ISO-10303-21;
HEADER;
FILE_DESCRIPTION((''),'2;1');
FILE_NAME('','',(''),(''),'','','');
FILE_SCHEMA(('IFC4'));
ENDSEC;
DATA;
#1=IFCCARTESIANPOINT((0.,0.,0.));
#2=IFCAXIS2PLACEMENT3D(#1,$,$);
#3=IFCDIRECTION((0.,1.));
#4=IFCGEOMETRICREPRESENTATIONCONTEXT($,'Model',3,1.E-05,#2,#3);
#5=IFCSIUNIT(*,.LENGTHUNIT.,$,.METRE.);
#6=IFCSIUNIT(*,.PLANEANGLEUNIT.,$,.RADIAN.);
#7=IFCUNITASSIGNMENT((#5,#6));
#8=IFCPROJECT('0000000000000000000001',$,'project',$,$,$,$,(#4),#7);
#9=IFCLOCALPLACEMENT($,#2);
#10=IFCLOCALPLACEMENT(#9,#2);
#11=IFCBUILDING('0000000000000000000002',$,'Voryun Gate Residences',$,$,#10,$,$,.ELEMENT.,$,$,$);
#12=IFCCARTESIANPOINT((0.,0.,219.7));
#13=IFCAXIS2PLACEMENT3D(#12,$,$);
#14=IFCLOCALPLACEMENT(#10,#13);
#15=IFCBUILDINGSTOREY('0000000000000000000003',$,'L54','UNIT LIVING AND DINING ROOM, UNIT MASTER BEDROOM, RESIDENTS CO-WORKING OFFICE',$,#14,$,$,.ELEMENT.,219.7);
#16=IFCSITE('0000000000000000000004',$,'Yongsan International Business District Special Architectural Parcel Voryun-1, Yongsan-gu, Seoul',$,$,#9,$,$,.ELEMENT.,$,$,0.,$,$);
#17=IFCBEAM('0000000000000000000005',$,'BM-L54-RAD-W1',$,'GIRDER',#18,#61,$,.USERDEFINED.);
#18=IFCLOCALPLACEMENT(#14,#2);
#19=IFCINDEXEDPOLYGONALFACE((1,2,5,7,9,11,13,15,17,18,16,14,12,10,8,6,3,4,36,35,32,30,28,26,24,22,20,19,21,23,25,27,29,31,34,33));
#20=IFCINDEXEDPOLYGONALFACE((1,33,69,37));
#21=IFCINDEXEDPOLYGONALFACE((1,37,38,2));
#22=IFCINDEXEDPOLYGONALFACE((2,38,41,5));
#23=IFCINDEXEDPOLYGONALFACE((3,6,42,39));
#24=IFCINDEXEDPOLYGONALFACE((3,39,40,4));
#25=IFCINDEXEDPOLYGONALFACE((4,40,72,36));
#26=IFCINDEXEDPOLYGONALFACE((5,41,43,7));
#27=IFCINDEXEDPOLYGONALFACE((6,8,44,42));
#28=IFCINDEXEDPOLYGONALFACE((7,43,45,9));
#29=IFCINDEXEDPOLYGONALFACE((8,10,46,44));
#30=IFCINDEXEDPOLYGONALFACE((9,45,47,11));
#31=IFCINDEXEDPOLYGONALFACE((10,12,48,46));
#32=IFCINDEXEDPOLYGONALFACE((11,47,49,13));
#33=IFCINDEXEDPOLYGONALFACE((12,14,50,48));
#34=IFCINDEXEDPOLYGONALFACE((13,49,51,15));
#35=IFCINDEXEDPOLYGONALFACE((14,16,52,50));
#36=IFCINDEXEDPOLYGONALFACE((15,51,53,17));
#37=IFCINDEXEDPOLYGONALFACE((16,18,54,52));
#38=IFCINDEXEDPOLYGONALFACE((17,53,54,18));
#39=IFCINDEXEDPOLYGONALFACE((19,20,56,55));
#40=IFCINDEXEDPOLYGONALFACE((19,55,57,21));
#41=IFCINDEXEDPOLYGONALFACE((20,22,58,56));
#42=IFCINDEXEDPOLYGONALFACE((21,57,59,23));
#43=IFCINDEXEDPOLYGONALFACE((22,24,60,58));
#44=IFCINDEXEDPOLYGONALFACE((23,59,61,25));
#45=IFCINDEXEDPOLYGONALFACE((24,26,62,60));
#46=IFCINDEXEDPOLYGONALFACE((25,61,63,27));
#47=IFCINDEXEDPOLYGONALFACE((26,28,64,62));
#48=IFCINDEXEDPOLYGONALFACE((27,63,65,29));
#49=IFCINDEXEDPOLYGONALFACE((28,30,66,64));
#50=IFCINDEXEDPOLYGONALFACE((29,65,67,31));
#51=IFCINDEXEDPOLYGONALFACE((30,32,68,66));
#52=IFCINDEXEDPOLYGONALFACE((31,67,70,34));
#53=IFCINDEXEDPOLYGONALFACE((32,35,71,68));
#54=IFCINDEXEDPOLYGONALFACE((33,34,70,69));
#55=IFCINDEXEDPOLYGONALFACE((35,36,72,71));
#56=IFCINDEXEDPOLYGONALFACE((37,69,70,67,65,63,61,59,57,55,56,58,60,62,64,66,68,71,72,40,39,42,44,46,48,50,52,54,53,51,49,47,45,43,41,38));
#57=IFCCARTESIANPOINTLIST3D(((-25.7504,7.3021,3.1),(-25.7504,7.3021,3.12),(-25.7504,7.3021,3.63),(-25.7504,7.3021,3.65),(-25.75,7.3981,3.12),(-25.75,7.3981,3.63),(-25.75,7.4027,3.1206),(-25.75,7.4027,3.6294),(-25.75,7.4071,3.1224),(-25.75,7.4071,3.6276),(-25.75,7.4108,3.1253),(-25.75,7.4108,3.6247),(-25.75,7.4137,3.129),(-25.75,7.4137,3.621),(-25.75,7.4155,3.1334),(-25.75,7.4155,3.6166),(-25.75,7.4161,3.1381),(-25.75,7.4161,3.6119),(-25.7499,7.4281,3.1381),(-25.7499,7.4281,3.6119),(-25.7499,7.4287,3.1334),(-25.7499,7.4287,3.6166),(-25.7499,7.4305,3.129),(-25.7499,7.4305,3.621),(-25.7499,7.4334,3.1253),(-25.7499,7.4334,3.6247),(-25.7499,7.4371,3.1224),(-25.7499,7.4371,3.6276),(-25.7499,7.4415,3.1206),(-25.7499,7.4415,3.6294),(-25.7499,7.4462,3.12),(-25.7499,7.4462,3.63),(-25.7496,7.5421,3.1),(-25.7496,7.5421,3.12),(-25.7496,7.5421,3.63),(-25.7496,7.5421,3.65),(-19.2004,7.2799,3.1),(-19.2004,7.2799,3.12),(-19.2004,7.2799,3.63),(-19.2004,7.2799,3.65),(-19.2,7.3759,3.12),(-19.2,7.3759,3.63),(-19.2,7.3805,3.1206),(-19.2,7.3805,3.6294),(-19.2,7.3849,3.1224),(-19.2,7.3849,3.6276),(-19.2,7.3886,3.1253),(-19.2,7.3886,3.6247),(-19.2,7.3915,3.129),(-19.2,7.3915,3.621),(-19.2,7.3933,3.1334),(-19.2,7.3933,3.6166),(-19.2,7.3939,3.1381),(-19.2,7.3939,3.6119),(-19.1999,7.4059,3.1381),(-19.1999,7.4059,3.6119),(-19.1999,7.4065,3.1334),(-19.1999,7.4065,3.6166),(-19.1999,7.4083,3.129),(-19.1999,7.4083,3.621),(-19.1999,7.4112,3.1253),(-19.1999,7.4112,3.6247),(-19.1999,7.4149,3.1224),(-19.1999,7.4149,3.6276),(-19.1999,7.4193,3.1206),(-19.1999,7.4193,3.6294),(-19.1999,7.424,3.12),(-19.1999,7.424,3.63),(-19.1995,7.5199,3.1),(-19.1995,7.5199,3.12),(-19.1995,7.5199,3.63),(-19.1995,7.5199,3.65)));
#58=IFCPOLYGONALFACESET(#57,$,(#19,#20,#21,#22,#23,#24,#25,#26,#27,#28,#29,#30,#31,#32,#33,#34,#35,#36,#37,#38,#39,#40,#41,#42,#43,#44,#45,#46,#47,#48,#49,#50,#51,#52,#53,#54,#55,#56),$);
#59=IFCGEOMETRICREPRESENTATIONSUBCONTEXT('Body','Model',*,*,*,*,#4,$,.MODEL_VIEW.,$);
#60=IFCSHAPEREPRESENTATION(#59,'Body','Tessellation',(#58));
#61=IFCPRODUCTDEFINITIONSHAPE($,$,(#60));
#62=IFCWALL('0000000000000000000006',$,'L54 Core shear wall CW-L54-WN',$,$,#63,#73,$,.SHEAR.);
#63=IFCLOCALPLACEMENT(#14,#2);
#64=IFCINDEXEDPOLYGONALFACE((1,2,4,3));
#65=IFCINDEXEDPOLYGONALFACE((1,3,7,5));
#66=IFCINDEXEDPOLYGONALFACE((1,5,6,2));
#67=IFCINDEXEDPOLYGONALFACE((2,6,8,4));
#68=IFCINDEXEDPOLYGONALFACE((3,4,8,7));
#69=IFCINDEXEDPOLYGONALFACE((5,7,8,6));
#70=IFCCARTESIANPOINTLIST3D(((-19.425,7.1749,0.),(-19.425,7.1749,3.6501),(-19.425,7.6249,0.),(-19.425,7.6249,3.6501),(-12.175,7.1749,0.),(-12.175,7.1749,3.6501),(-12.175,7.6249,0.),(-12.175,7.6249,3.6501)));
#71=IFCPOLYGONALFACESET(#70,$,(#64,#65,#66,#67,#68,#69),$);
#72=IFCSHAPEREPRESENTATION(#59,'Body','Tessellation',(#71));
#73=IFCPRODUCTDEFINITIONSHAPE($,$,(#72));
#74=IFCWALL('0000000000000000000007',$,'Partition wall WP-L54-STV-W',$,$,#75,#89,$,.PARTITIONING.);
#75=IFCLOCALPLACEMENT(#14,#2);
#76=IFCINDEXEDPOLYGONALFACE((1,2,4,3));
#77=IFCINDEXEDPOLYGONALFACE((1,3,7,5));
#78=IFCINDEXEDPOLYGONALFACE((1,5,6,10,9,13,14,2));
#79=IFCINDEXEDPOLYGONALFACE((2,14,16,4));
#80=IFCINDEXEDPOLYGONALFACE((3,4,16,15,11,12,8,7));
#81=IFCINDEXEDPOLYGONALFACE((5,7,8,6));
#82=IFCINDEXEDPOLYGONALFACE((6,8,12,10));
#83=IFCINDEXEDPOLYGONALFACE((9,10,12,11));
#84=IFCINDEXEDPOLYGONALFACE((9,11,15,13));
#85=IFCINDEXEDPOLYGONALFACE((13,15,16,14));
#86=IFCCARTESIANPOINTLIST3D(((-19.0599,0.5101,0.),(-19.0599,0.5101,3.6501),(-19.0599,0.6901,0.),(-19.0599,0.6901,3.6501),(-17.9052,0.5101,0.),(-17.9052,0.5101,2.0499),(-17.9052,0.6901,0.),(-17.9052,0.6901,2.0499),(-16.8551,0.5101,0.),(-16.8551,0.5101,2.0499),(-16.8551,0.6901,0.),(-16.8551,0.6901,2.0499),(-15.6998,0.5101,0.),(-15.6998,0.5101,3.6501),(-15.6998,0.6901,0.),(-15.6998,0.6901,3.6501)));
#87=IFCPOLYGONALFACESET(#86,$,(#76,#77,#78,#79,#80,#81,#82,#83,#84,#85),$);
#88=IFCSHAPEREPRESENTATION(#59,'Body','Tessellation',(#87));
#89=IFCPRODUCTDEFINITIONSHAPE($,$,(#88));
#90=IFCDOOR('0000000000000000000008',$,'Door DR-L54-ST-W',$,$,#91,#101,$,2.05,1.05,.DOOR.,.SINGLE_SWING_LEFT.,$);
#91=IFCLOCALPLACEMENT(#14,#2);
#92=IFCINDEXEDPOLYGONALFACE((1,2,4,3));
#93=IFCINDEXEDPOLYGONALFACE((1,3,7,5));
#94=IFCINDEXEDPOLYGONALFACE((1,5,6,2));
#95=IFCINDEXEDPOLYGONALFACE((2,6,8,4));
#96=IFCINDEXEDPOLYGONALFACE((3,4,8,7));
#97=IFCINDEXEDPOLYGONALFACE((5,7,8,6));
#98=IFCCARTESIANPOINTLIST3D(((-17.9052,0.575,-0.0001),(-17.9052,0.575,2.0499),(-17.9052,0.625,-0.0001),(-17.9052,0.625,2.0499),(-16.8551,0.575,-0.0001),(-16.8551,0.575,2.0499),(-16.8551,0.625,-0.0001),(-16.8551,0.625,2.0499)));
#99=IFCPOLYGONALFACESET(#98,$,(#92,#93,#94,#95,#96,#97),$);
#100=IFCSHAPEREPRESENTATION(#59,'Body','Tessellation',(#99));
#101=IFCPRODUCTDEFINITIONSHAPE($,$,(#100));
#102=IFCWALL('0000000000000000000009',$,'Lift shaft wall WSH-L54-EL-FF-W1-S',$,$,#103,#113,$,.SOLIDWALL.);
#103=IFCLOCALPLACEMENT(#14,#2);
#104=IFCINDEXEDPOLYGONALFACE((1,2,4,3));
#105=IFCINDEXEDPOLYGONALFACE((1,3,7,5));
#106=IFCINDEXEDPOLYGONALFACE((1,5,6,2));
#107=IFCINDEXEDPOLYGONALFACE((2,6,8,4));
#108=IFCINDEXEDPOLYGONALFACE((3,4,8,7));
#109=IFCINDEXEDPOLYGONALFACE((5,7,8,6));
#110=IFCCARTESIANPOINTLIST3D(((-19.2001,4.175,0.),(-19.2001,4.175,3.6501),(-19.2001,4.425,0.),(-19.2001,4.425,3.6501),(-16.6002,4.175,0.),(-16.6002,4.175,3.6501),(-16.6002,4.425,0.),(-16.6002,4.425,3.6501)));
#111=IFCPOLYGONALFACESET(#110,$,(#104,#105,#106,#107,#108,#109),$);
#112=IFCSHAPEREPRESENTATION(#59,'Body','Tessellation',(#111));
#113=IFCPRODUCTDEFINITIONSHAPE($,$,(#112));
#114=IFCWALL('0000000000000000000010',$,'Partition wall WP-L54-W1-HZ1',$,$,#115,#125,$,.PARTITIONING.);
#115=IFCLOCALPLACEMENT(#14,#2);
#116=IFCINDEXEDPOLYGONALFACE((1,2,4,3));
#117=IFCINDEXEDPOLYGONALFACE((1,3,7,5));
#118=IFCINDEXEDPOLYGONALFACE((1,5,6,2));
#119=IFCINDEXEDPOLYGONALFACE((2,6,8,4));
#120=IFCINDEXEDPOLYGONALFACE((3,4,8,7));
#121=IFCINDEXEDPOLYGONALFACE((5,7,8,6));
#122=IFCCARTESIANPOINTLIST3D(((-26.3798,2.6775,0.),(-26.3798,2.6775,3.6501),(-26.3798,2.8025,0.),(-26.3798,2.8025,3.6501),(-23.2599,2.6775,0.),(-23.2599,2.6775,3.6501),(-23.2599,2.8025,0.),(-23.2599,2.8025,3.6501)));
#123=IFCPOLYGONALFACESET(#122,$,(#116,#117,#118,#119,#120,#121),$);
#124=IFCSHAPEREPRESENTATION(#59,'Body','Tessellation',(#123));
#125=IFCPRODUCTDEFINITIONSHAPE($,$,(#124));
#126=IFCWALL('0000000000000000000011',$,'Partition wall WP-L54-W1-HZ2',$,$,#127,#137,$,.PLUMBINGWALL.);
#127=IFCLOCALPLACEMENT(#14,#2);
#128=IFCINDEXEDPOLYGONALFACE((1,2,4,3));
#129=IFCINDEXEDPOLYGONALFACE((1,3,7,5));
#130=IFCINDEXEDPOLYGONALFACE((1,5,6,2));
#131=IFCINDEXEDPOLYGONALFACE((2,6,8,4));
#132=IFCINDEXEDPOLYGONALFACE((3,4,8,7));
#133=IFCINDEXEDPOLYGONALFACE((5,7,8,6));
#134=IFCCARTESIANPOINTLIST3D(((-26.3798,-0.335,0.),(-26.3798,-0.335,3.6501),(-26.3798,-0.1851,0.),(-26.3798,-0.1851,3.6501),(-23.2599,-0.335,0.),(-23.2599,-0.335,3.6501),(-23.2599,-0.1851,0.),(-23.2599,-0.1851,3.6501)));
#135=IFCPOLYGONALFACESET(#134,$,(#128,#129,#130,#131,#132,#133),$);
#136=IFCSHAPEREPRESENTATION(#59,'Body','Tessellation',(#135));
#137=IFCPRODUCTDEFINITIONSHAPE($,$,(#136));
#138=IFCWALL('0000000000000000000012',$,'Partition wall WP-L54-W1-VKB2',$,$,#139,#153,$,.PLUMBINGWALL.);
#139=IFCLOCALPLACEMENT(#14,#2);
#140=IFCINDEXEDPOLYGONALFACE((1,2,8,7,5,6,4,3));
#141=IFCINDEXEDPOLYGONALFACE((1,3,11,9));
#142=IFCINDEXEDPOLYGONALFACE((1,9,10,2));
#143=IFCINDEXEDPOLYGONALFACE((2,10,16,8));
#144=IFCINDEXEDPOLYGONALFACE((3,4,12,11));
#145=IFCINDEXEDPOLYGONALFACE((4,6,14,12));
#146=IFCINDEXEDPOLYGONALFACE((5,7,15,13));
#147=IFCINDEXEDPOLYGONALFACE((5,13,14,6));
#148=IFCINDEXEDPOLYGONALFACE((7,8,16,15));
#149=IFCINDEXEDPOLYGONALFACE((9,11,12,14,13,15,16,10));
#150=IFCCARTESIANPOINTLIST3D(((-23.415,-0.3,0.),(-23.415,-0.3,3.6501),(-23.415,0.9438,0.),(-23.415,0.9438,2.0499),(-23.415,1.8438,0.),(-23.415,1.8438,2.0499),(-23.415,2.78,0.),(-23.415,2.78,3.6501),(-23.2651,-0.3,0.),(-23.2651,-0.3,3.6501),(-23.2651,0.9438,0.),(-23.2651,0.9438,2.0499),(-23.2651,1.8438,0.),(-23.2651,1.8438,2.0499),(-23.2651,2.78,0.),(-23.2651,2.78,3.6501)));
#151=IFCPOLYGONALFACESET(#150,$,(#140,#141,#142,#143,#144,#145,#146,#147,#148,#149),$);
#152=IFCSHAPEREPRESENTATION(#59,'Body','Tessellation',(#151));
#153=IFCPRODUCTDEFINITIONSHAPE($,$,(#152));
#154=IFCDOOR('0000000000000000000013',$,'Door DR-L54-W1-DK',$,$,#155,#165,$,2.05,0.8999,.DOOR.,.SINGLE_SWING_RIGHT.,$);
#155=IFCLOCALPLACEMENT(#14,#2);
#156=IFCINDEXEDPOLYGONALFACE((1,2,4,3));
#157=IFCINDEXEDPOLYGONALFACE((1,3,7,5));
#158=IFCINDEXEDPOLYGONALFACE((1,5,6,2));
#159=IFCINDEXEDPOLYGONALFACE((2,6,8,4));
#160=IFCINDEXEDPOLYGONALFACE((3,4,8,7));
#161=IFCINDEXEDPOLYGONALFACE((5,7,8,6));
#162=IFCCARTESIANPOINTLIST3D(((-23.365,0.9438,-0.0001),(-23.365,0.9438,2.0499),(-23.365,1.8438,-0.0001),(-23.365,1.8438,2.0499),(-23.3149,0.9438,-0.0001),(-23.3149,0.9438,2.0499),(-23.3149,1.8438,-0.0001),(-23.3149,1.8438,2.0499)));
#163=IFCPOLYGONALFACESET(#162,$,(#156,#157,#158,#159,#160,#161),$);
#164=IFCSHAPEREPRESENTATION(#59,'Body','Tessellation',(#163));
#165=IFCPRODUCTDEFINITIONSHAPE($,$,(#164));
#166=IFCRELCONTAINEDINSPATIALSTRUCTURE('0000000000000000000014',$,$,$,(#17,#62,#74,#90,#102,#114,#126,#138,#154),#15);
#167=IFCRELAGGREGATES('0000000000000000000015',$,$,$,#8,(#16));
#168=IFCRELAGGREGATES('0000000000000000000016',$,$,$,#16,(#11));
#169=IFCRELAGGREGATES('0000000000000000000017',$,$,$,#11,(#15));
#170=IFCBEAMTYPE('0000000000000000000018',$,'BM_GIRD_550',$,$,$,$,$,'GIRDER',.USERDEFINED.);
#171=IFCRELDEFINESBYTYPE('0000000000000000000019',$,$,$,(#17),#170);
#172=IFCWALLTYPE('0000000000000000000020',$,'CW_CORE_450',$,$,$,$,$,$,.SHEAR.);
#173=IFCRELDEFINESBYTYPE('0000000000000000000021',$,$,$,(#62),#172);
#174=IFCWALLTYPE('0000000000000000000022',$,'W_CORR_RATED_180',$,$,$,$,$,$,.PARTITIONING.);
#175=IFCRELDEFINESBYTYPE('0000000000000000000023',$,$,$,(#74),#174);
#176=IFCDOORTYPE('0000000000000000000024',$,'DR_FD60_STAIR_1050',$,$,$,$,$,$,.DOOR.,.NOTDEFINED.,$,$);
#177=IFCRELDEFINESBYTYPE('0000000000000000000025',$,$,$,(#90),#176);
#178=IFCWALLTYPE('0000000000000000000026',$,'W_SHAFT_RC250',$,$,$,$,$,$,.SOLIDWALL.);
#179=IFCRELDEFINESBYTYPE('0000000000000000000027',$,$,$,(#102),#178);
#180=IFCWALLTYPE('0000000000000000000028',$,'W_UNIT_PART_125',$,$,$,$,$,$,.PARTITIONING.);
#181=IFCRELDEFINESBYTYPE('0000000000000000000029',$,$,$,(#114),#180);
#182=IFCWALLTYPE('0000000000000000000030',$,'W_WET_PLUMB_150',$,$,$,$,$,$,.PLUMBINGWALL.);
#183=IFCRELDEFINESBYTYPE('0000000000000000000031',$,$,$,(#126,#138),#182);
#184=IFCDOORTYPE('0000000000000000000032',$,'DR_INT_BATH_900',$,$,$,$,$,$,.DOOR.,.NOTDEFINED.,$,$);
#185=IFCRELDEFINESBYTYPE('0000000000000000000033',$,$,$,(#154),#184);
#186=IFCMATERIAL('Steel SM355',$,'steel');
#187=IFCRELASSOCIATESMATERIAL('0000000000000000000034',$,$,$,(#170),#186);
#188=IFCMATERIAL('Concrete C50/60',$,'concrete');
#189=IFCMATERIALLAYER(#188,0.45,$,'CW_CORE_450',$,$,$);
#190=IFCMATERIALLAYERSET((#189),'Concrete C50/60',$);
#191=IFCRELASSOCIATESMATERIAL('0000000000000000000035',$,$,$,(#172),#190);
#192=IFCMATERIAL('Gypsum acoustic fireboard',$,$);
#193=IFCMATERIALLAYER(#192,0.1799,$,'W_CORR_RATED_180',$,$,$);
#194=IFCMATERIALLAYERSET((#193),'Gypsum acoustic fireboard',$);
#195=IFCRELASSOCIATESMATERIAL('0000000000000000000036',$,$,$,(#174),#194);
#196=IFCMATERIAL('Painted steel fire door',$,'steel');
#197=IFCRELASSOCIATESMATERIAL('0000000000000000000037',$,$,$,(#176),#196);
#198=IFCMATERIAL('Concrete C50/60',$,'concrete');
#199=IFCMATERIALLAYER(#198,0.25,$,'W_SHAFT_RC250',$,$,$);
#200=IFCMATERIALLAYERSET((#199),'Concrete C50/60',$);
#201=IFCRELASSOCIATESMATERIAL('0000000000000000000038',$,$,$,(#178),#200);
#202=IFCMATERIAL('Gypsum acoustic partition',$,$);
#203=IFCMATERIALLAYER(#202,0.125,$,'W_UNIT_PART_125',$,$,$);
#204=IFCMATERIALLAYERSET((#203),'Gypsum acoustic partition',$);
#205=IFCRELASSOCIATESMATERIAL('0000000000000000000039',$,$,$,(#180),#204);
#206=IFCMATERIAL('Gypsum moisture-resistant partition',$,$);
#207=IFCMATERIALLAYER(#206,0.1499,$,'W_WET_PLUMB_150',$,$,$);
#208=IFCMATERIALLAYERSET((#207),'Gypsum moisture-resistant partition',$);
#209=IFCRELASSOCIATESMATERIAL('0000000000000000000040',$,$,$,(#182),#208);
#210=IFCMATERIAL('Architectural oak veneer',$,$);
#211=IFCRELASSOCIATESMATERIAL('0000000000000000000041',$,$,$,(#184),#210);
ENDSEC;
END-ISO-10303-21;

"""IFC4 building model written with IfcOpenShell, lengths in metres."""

from ifc_helpers import new_model, si_unit, direction, frame, frame_2d, origin, origin_2d, place, context, subcontext, project, spatial, rectangle, i_section, extrude, material, layer, layer_set, material_profile, profile_set, type_object, element, fill, save


model = new_model("IFC4")

# Units and contexts
model_context = context("Model", 3, precision=1e-05, world=origin(), true_north=direction((0.0, 1.0)))
body_context = subcontext(model_context, "Body", "Model", "MODEL_VIEW")
ifc_project = project(units=[si_unit("LENGTHUNIT", "METRE"), si_unit("PLANEANGLEUNIT", "RADIAN")], contexts=[model_context])

# Site, building, storey
site_placement = place(None, origin())
site = spatial("IfcSite", under=ifc_project, at=site_placement, Name="Yongsan International Business District Special Architectural Parcel Voryun-1, Yongsan-gu, Seoul", CompositionType="ELEMENT", RefElevation=0.0)
building_placement = place(site_placement, origin())
building = spatial("IfcBuilding", under=site, at=building_placement, Name="Voryun Gate Residences", CompositionType="ELEMENT")
storey_placement = place(building_placement, frame((0.0, 0.0, 219.7)))
storey = spatial("IfcBuildingStorey", under=building, at=storey_placement, Name="L54", Description="UNIT LIVING AND DINING ROOM, UNIT MASTER BEDROOM, RESIDENTS CO-WORKING OFFICE", CompositionType="ELEMENT", Elevation=219.7)

# Beam
ifc_material_1 = material(Name="Steel SM355", Category="steel")
ifc_material_profile_1 = material_profile(ifc_material_1, i_section(OverallWidth=0.24, OverallDepth=0.55, WebThickness=0.012, FlangeThickness=0.02, FilletRadius=0.0181, at=origin_2d()), Name="H-550x240x12x20")
ifc_profile_set_1 = profile_set([ifc_material_profile_1], Name="Steel SM355")
beam_type_1 = type_object("IfcBeamType", Name="BM_GIRD_550", ElementType="GIRDER", PredefinedType="USERDEFINED", material=ifc_profile_set_1)
beam_1_placement = place(storey_placement, frame((-19.2, 7.3999, 3.375), z_axis=(-0.999994, 0.003392, 0.0), x_axis=(-0.003392, -0.999994, 0.0)))
element("IfcBeam", 1, at=beam_1_placement, inside=storey, type_object=beam_type_1, Name="BM-L54-RAD-W1", ObjectType="GIRDER", PredefinedType="USERDEFINED", context=body_context, shape_type="SweptSolid", body=[
    extrude(i_section(OverallWidth=0.24, OverallDepth=0.55, WebThickness=0.012, FlangeThickness=0.02, FilletRadius=0.0181, at=origin_2d()), origin(), (0.0, 0.0, 1.0), 6.55),
])

# Wall
ifc_material_2 = material(Name="Concrete C50/60", Category="concrete")
ifc_layer_1 = layer(ifc_material_2, 0.45, Name="CW_CORE_450")
ifc_layer_set_1 = layer_set([ifc_layer_1], Name="Concrete C50/60")
wall_type_1 = type_object("IfcWallType", Name="CW_CORE_450", PredefinedType="SHEAR", material=ifc_layer_set_1)
wall_1_placement = place(storey_placement, frame((-19.425, 7.3999, 0.0), z_axis=(0.0, 0.0, 1.0), x_axis=(1.0, 0.0, 0.0)))
element("IfcWall", 2, at=wall_1_placement, inside=storey, type_object=wall_type_1, Name="L54 Core shear wall CW-L54-WN", PredefinedType="SHEAR", context=body_context, shape_type="SweptSolid", body=[
    extrude(rectangle(XDim=7.25, YDim=0.45, at=frame_2d((3.625, 0.0))), origin(), (0.0, 0.0, 1.0), 3.6501),
])

# Wall, opening, door
ifc_material_3 = material(Name="Gypsum acoustic fireboard")
ifc_layer_2 = layer(ifc_material_3, 0.1799, Name="W_CORR_RATED_180")
ifc_layer_set_2 = layer_set([ifc_layer_2], Name="Gypsum acoustic fireboard")
wall_type_2 = type_object("IfcWallType", Name="W_CORR_RATED_180", PredefinedType="PARTITIONING", material=ifc_layer_set_2)
wall_2_placement = place(storey_placement, frame((-19.0601, 0.6001, 0.0), z_axis=(0.0, 0.0, 1.0), x_axis=(1.0, 0.0, 0.0)))
wall_2 = element("IfcWall", 3, at=wall_2_placement, inside=storey, type_object=wall_type_2, Name="Partition wall WP-L54-STV-W", PredefinedType="PARTITIONING", context=body_context, shape_type="SweptSolid", body=[
    extrude(rectangle(XDim=3.3601, YDim=0.1799, at=frame_2d((1.6802, 0.0))), origin(), (0.0, 0.0, 1.0), 3.6501),
])
opening_1_placement = place(wall_2_placement, frame((1.155, 0.0, 0.0)))
opening_1 = element("IfcOpeningElement", 4, at=opening_1_placement, cuts=wall_2, PredefinedType="OPENING", context=body_context, shape_type="SweptSolid", body=[
    extrude(rectangle(XDim=1.05, YDim=2.05, at=frame_2d((0.5249, 1.0249))), frame((0.0, 0.0999, 0.0), z_axis=(0.0, -1.0, 0.0), x_axis=(1.0, 0.0, 0.0)), (0.0, 0.0, 1.0), 0.2),
])
ifc_material_4 = material(Name="Painted steel fire door", Category="steel")
door_type_1 = type_object("IfcDoorType", Name="DR_FD60_STAIR_1050", OperationType="NOTDEFINED", PredefinedType="DOOR", material=ifc_material_4)
door_1_placement = place(opening_1_placement, origin())
door_1 = element("IfcDoor", 5, at=door_1_placement, inside=storey, type_object=door_type_1, Name="Door DR-L54-ST-W", OperationType="SINGLE_SWING_LEFT", OverallHeight=2.05, OverallWidth=1.05, PredefinedType="DOOR", context=body_context, shape_type="SweptSolid", body=[
    extrude(rectangle(XDim=1.05, YDim=2.05, at=frame_2d((0.5249, 1.0249))), frame((0.0, 0.0249, 0.0), z_axis=(0.0, -1.0, 0.0), x_axis=(1.0, 0.0, 0.0)), (0.0, 0.0, 1.0), 0.05),
])
fill(opening_1, door_1)

# Walls
ifc_material_5 = material(Name="Concrete C50/60", Category="concrete")
ifc_layer_3 = layer(ifc_material_5, 0.25, Name="W_SHAFT_RC250")
ifc_layer_set_3 = layer_set([ifc_layer_3], Name="Concrete C50/60")
wall_type_3 = type_object("IfcWallType", Name="W_SHAFT_RC250", PredefinedType="SOLIDWALL", material=ifc_layer_set_3)
wall_3_placement = place(storey_placement, frame((-19.2, 4.3, 0.0), z_axis=(0.0, 0.0, 1.0), x_axis=(1.0, 0.0, 0.0)))
element("IfcWall", 6, at=wall_3_placement, inside=storey, type_object=wall_type_3, Name="Lift shaft wall WSH-L54-EL-FF-W1-S", PredefinedType="SOLIDWALL", context=body_context, shape_type="SweptSolid", body=[
    extrude(rectangle(XDim=2.5999, YDim=0.25, at=frame_2d((1.2998, 0.0))), origin(), (0.0, 0.0, 1.0), 3.6501),
])
ifc_material_6 = material(Name="Gypsum acoustic partition")
ifc_layer_4 = layer(ifc_material_6, 0.125, Name="W_UNIT_PART_125")
ifc_layer_set_4 = layer_set([ifc_layer_4], Name="Gypsum acoustic partition")
wall_type_4 = type_object("IfcWallType", Name="W_UNIT_PART_125", PredefinedType="PARTITIONING", material=ifc_layer_set_4)
wall_4_placement = place(storey_placement, frame((-26.3799, 2.74, 0.0), z_axis=(0.0, 0.0, 1.0), x_axis=(1.0, 0.0, 0.0)))
element("IfcWall", 7, at=wall_4_placement, inside=storey, type_object=wall_type_4, Name="Partition wall WP-L54-W1-HZ1", PredefinedType="PARTITIONING", context=body_context, shape_type="SweptSolid", body=[
    extrude(rectangle(XDim=3.1199, YDim=0.125, at=frame_2d((1.5601, 0.0))), origin(), (0.0, 0.0, 1.0), 3.6501),
])
ifc_material_7 = material(Name="Gypsum moisture-resistant partition")
ifc_layer_5 = layer(ifc_material_7, 0.1499, Name="W_WET_PLUMB_150")
ifc_layer_set_5 = layer_set([ifc_layer_5], Name="Gypsum moisture-resistant partition")
wall_type_5 = type_object("IfcWallType", Name="W_WET_PLUMB_150", PredefinedType="PLUMBINGWALL", material=ifc_layer_set_5)
wall_5_placement = place(storey_placement, frame((-26.3799, -0.26, 0.0), z_axis=(0.0, 0.0, 1.0), x_axis=(1.0, 0.0, 0.0)))
element("IfcWall", 8, at=wall_5_placement, inside=storey, type_object=wall_type_5, Name="Partition wall WP-L54-W1-HZ2", PredefinedType="PLUMBINGWALL", context=body_context, shape_type="SweptSolid", body=[
    extrude(rectangle(XDim=3.1199, YDim=0.1499, at=frame_2d((1.5601, 0.0))), origin(), (0.0, 0.0, 1.0), 3.6501),
])

# Wall, opening, door
wall_6_placement = place(storey_placement, frame((-23.3401, -0.3, 0.0), z_axis=(0.0, 0.0, 1.0), x_axis=(0.0, 1.0, 0.0)))
wall_6 = element("IfcWall", 9, at=wall_6_placement, inside=storey, type_object=wall_type_5, Name="Partition wall WP-L54-W1-VKB2", PredefinedType="PLUMBINGWALL", context=body_context, shape_type="SweptSolid", body=[
    extrude(rectangle(XDim=3.0801, YDim=0.1499, at=frame_2d((1.54, 0.0))), origin(), (0.0, 0.0, 1.0), 3.6501),
])
opening_2_placement = place(wall_6_placement, frame((1.2439, 0.0, 0.0)))
opening_2 = element("IfcOpeningElement", 10, at=opening_2_placement, cuts=wall_6, PredefinedType="OPENING", context=body_context, shape_type="SweptSolid", body=[
    extrude(rectangle(XDim=0.8999, YDim=2.05, at=frame_2d((0.45, 1.0249))), frame((0.0, 0.085, 0.0), z_axis=(0.0, -1.0, 0.0), x_axis=(1.0, 0.0, 0.0)), (0.0, 0.0, 1.0), 0.1699),
])
ifc_material_8 = material(Name="Architectural oak veneer")
door_type_2 = type_object("IfcDoorType", Name="DR_INT_BATH_900", OperationType="NOTDEFINED", PredefinedType="DOOR", material=ifc_material_8)
door_2_placement = place(opening_2_placement, origin())
door_2 = element("IfcDoor", 11, at=door_2_placement, inside=storey, type_object=door_type_2, Name="Door DR-L54-W1-DK", OperationType="SINGLE_SWING_RIGHT", OverallHeight=2.05, OverallWidth=0.8999, PredefinedType="DOOR", context=body_context, shape_type="SweptSolid", body=[
    extrude(rectangle(XDim=0.8999, YDim=2.05, at=frame_2d((0.45, 1.0249))), frame((0.0, 0.0249, 0.0), z_axis=(0.0, -1.0, 0.0), x_axis=(1.0, 0.0, 0.0)), (0.0, 0.0, 1.0), 0.05),
])
fill(opening_2, door_2)

save(model, "model.ifc")
